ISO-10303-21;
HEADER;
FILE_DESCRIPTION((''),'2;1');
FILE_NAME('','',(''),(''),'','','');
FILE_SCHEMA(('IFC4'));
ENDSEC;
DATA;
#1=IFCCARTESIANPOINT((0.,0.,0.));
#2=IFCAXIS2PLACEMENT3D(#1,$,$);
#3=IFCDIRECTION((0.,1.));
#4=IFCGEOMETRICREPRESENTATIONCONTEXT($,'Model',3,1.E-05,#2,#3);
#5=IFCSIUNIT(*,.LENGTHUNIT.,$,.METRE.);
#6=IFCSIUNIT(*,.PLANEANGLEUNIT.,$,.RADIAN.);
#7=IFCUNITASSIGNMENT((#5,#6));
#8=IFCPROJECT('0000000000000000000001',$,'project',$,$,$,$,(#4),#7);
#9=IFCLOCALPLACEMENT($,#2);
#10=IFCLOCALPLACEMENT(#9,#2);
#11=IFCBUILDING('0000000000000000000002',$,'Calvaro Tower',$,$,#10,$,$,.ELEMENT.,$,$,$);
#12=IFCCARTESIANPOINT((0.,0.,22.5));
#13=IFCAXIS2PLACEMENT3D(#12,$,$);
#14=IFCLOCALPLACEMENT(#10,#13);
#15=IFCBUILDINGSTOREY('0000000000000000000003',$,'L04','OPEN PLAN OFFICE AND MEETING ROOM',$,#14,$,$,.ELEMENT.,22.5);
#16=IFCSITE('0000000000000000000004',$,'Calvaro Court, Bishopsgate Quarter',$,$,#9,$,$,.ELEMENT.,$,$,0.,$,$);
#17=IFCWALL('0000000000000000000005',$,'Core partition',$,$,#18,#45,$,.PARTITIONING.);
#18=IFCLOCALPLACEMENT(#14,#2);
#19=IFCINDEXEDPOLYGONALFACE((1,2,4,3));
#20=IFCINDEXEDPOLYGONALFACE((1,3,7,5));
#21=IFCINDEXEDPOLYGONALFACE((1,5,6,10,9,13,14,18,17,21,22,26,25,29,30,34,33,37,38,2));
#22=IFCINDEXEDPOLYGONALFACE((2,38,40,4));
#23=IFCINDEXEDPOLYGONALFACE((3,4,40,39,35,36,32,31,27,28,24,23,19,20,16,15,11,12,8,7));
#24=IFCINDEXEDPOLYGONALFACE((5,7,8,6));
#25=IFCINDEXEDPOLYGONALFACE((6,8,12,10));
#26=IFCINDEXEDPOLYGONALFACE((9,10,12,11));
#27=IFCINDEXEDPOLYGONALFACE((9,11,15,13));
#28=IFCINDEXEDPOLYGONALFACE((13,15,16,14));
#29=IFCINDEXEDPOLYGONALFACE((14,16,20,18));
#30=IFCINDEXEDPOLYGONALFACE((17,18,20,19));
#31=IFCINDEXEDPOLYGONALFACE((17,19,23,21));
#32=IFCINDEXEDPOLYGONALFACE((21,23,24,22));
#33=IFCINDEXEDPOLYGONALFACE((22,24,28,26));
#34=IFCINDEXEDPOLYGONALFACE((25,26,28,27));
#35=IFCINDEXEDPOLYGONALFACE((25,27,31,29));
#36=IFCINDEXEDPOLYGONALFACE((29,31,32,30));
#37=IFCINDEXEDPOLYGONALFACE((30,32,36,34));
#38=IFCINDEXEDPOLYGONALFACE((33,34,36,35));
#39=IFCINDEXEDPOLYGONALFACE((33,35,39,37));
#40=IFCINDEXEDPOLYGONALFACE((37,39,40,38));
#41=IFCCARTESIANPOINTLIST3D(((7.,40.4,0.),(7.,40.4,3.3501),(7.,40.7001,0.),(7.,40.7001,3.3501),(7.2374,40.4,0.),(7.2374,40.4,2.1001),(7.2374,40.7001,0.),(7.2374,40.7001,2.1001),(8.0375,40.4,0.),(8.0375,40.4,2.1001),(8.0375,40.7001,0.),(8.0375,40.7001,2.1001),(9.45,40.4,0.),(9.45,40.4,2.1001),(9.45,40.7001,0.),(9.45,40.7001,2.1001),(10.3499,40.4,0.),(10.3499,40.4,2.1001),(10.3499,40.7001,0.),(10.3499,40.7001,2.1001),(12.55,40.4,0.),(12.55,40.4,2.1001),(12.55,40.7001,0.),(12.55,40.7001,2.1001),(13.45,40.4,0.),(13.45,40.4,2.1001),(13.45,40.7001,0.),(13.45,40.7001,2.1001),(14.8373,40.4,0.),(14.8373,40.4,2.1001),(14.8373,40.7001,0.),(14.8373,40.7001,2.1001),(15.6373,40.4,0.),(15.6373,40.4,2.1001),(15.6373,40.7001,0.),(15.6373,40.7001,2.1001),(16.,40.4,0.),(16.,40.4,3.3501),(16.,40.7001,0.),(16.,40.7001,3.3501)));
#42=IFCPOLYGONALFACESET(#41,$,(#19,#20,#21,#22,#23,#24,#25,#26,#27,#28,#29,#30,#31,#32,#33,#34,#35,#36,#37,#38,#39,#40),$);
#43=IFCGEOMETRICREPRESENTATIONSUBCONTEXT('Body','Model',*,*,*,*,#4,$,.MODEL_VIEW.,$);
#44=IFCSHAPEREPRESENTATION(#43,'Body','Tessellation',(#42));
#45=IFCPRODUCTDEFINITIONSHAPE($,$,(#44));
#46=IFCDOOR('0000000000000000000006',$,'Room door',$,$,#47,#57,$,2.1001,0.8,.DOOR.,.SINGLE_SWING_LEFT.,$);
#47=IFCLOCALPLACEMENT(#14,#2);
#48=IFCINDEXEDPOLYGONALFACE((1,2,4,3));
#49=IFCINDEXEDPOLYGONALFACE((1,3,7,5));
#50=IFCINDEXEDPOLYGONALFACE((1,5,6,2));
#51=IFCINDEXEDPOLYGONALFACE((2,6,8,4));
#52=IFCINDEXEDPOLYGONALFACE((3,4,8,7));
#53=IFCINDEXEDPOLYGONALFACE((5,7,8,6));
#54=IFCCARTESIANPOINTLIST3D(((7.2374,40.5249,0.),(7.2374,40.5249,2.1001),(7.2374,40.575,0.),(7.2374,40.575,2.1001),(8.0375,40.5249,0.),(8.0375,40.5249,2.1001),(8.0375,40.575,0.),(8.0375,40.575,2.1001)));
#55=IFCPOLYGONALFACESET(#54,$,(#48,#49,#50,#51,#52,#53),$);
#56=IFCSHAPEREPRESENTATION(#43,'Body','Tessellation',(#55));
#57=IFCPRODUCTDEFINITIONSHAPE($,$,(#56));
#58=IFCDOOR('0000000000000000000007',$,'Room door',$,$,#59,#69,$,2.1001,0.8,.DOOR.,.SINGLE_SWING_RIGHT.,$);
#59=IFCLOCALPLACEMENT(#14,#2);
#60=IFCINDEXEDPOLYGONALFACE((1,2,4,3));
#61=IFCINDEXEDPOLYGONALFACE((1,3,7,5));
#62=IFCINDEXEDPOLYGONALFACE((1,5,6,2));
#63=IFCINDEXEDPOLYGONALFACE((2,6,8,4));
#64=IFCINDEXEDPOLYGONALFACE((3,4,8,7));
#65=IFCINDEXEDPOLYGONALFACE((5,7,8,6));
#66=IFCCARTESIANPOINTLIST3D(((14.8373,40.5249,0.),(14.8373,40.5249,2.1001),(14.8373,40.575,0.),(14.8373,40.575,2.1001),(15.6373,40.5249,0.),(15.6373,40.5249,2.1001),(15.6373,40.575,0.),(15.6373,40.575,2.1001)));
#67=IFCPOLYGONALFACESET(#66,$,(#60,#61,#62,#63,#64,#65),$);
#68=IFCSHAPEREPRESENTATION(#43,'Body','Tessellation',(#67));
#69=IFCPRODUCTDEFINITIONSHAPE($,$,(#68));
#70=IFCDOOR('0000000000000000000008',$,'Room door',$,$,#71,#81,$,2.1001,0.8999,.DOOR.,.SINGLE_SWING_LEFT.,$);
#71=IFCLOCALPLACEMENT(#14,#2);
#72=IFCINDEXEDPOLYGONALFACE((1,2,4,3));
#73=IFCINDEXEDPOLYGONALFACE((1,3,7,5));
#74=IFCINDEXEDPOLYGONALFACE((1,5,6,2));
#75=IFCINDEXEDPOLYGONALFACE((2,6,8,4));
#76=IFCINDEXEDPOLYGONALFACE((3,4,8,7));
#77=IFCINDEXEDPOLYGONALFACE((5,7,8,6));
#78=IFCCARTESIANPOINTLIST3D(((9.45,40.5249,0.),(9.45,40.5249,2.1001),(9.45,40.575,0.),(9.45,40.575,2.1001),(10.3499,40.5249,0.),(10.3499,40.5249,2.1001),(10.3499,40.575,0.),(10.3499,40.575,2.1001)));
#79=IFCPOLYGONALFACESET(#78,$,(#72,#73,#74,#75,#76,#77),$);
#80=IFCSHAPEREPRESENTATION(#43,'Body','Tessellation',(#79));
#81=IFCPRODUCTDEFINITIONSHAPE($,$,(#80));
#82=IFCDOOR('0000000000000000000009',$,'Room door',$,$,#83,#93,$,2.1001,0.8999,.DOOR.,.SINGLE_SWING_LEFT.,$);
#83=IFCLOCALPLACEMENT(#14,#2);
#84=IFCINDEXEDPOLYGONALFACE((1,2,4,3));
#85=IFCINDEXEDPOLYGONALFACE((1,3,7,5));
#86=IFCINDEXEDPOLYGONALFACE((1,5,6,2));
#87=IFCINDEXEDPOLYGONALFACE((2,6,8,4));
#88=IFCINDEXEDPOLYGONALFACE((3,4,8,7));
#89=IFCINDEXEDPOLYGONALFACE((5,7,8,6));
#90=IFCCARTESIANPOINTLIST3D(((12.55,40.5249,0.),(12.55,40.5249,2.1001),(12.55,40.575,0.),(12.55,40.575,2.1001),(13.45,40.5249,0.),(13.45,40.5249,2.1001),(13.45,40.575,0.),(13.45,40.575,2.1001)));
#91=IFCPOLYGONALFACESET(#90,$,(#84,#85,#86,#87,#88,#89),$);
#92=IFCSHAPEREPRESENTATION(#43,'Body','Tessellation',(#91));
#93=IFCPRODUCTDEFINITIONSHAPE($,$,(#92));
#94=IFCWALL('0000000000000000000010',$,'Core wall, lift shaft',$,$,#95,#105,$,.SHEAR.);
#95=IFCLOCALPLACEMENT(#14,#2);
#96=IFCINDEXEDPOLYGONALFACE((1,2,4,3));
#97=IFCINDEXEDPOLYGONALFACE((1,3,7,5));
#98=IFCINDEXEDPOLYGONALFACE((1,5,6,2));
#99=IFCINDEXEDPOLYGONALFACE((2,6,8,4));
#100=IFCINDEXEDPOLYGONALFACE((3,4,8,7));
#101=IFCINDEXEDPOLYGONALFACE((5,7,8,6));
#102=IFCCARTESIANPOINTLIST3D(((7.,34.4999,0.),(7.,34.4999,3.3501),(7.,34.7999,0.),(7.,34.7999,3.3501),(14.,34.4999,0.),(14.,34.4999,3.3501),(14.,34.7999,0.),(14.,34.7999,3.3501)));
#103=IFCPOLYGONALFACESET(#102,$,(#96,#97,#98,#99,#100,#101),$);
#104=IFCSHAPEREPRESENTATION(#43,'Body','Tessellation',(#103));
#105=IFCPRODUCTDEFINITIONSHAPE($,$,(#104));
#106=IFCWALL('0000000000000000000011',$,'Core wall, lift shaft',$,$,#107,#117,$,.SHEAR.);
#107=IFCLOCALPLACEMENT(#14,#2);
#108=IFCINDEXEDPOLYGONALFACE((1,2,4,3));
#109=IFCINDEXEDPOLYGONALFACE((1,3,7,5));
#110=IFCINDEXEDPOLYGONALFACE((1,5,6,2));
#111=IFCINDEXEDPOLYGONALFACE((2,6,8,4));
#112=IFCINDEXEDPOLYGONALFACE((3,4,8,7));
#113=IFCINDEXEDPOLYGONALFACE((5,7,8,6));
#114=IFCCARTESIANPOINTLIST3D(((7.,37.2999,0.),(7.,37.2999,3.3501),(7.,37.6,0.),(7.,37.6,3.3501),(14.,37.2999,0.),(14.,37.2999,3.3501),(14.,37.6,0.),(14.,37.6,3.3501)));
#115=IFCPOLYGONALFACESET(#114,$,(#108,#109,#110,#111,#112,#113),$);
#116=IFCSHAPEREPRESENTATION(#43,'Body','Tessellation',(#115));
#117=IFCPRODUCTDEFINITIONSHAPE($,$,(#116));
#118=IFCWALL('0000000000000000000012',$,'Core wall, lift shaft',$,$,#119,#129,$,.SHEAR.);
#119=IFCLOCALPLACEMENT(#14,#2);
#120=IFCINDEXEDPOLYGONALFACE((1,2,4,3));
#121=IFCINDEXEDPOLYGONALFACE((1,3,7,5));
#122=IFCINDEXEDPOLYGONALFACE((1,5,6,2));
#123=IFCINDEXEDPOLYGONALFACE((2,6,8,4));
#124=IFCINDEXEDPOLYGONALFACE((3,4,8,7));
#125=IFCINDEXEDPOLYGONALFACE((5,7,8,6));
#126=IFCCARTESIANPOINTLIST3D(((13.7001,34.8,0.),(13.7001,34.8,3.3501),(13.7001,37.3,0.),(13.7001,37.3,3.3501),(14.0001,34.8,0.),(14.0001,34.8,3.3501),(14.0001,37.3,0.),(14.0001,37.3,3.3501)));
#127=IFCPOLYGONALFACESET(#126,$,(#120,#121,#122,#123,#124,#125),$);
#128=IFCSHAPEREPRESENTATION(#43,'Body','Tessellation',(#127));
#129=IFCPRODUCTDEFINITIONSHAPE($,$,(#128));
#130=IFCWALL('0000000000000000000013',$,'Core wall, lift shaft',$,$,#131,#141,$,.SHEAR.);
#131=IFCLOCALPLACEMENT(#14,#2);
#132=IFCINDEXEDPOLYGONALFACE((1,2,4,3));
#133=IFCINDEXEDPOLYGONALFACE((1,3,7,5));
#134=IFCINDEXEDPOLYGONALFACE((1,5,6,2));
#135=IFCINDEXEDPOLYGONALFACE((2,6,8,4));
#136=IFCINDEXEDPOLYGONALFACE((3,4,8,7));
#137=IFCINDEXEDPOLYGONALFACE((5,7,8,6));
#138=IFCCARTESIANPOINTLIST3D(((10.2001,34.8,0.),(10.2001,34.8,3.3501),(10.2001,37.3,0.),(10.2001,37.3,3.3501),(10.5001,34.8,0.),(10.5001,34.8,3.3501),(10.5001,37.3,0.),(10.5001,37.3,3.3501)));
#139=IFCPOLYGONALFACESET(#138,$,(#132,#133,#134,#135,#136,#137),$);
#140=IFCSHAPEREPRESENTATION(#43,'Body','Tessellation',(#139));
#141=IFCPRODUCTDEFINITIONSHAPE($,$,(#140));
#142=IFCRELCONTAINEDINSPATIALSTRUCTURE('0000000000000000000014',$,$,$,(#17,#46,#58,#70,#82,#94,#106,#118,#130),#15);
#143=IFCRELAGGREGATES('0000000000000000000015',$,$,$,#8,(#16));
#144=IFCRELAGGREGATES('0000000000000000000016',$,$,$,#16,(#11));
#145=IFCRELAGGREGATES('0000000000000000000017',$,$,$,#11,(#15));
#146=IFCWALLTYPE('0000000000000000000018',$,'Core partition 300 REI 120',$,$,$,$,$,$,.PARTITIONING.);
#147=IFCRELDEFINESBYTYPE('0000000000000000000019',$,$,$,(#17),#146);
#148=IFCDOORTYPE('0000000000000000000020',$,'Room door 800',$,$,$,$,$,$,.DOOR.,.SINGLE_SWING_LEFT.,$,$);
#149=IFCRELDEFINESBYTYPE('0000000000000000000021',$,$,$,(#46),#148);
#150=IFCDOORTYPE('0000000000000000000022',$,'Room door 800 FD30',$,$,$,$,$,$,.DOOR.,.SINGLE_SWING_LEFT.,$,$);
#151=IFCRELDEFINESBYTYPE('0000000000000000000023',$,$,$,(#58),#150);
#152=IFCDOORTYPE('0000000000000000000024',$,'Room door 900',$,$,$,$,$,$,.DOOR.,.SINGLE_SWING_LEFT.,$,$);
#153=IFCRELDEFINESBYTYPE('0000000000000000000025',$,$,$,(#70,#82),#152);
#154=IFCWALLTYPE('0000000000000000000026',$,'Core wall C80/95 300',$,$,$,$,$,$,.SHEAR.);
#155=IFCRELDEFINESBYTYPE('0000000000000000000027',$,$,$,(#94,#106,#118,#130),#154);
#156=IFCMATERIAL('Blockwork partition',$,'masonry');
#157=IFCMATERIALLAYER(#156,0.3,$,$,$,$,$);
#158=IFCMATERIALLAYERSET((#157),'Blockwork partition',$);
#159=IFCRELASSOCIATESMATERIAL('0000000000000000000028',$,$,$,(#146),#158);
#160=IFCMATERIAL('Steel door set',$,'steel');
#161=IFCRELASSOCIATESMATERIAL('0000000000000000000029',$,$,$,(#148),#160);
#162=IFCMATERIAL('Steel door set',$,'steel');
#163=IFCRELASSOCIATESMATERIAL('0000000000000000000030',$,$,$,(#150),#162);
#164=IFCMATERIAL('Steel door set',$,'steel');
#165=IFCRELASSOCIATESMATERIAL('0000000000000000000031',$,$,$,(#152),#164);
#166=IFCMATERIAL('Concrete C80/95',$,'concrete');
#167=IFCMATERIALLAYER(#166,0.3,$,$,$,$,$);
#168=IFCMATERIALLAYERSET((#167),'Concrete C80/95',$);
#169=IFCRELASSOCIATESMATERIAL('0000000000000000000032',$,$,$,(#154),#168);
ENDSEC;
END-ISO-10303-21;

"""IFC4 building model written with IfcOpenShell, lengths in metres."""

from ifc_helpers import new_model, si_unit, direction, frame, frame_2d, origin, place, context, subcontext, project, spatial, rectangle, extrude, material, layer, layer_set, type_object, element, fill, save


model = new_model("IFC4")

# Units and contexts
model_context = context("Model", 3, precision=1e-05, world=origin(), true_north=direction((0.0, 1.0)))
body_context = subcontext(model_context, "Body", "Model", "MODEL_VIEW")
ifc_project = project(units=[si_unit("LENGTHUNIT", "METRE"), si_unit("PLANEANGLEUNIT", "RADIAN")], contexts=[model_context])

# Site, building, storey
site_placement = place(None, origin())
site = spatial("IfcSite", under=ifc_project, at=site_placement, Name="Calvaro Court, Bishopsgate Quarter", CompositionType="ELEMENT", RefElevation=0.0)
building_placement = place(site_placement, origin())
building = spatial("IfcBuilding", under=site, at=building_placement, Name="Calvaro Tower", CompositionType="ELEMENT")
storey_placement = place(building_placement, frame((0.0, 0.0, 22.5)))
storey = spatial("IfcBuildingStorey", under=building, at=storey_placement, Name="L04", Description="OPEN PLAN OFFICE AND MEETING ROOM", CompositionType="ELEMENT", Elevation=22.5)

# Wall, openings, doors
ifc_material_1 = material(Name="Blockwork partition", Category="masonry")
ifc_layer_1 = layer(ifc_material_1, 0.3)
ifc_layer_set_1 = layer_set([ifc_layer_1], Name="Blockwork partition")
wall_type_1 = type_object("IfcWallType", Name="Core partition 300 REI 120", PredefinedType="PARTITIONING", material=ifc_layer_set_1)
wall_1_placement = place(storey_placement, frame((7.0, 40.55, 0.0), z_axis=(0.0, 0.0, 1.0), x_axis=(1.0, 0.0, 0.0)))
wall_1 = element("IfcWall", 1, at=wall_1_placement, inside=storey, type_object=wall_type_1, Name="Core partition", PredefinedType="PARTITIONING", context=body_context, shape_type="SweptSolid", body=[
    extrude(rectangle(XDim=9.0, YDim=0.3, at=frame_2d((4.5, 0.0))), origin(), (0.0, 0.0, 1.0), 3.3501),
])
opening_1_placement = place(wall_1_placement, frame((0.2375, 0.0, 0.0)))
opening_1 = element("IfcOpeningElement", 2, at=opening_1_placement, cuts=wall_1, PredefinedType="OPENING", context=body_context, shape_type="SweptSolid", body=[
    extrude(rectangle(XDim=0.8, YDim=2.1001, at=frame_2d((0.3999, 1.05))), frame((0.0, 0.1599, 0.0), z_axis=(0.0, -1.0, 0.0), x_axis=(1.0, 0.0, 0.0)), (0.0, 0.0, 1.0), 0.3201),
])
opening_2_placement = place(wall_1_placement, frame((2.45, 0.0, 0.0)))
opening_2 = element("IfcOpeningElement", 3, at=opening_2_placement, cuts=wall_1, PredefinedType="OPENING", context=body_context, shape_type="SweptSolid", body=[
    extrude(rectangle(XDim=0.8999, YDim=2.1001, at=frame_2d((0.45, 1.05))), frame((0.0, 0.1599, 0.0), z_axis=(0.0, -1.0, 0.0), x_axis=(1.0, 0.0, 0.0)), (0.0, 0.0, 1.0), 0.3201),
])
opening_3_placement = place(wall_1_placement, frame((5.55, 0.0, 0.0)))
opening_3 = element("IfcOpeningElement", 4, at=opening_3_placement, cuts=wall_1, PredefinedType="OPENING", context=body_context, shape_type="SweptSolid", body=[
    extrude(rectangle(XDim=0.8999, YDim=2.1001, at=frame_2d((0.45, 1.05))), frame((0.0, 0.1599, 0.0), z_axis=(0.0, -1.0, 0.0), x_axis=(1.0, 0.0, 0.0)), (0.0, 0.0, 1.0), 0.3201),
])
opening_4_placement = place(wall_1_placement, frame((7.8374, 0.0, 0.0)))
opening_4 = element("IfcOpeningElement", 5, at=opening_4_placement, cuts=wall_1, PredefinedType="OPENING", context=body_context, shape_type="SweptSolid", body=[
    extrude(rectangle(XDim=0.8, YDim=2.1001, at=frame_2d((0.3999, 1.05))), frame((0.0, 0.1599, 0.0), z_axis=(0.0, -1.0, 0.0), x_axis=(1.0, 0.0, 0.0)), (0.0, 0.0, 1.0), 0.3201),
])
ifc_material_2 = material(Name="Steel door set", Category="steel")
door_type_1 = type_object("IfcDoorType", Name="Room door 800", OperationType="SINGLE_SWING_LEFT", PredefinedType="DOOR", material=ifc_material_2)
door_1_placement = place(opening_1_placement, origin())
door_1 = element("IfcDoor", 6, at=door_1_placement, inside=storey, type_object=door_type_1, Name="Room door", OperationType="SINGLE_SWING_LEFT", OverallHeight=2.1001, OverallWidth=0.8, PredefinedType="DOOR", context=body_context, shape_type="SweptSolid", body=[
    extrude(rectangle(XDim=0.8, YDim=2.1001, at=frame_2d((0.3999, 1.05))), frame((0.0, 0.0249, 0.0), z_axis=(0.0, -1.0, 0.0), x_axis=(1.0, 0.0, 0.0)), (0.0, 0.0, 1.0), 0.05),
])
fill(opening_1, door_1)
ifc_material_3 = material(Name="Steel door set", Category="steel")
door_type_2 = type_object("IfcDoorType", Name="Room door 800 FD30", OperationType="SINGLE_SWING_LEFT", PredefinedType="DOOR", material=ifc_material_3)
door_2_placement = place(opening_4_placement, origin())
door_2 = element("IfcDoor", 7, at=door_2_placement, inside=storey, type_object=door_type_2, Name="Room door", OperationType="SINGLE_SWING_RIGHT", OverallHeight=2.1001, OverallWidth=0.8, PredefinedType="DOOR", context=body_context, shape_type="SweptSolid", body=[
    extrude(rectangle(XDim=0.8, YDim=2.1001, at=frame_2d((0.3999, 1.05))), frame((0.0, 0.0249, 0.0), z_axis=(0.0, -1.0, 0.0), x_axis=(1.0, 0.0, 0.0)), (0.0, 0.0, 1.0), 0.05),
])
fill(opening_4, door_2)
ifc_material_4 = material(Name="Steel door set", Category="steel")
door_type_3 = type_object("IfcDoorType", Name="Room door 900", OperationType="SINGLE_SWING_LEFT", PredefinedType="DOOR", material=ifc_material_4)
door_3_placement = place(opening_2_placement, origin())
door_3 = element("IfcDoor", 8, at=door_3_placement, inside=storey, type_object=door_type_3, Name="Room door", OperationType="SINGLE_SWING_LEFT", OverallHeight=2.1001, OverallWidth=0.8999, PredefinedType="DOOR", context=body_context, shape_type="SweptSolid", body=[
    extrude(rectangle(XDim=0.8999, YDim=2.1001, at=frame_2d((0.45, 1.05))), frame((0.0, 0.0249, 0.0), z_axis=(0.0, -1.0, 0.0), x_axis=(1.0, 0.0, 0.0)), (0.0, 0.0, 1.0), 0.05),
])
fill(opening_2, door_3)
door_4_placement = place(opening_3_placement, origin())
door_4 = element("IfcDoor", 9, at=door_4_placement, inside=storey, type_object=door_type_3, Name="Room door", OperationType="SINGLE_SWING_LEFT", OverallHeight=2.1001, OverallWidth=0.8999, PredefinedType="DOOR", context=body_context, shape_type="SweptSolid", body=[
    extrude(rectangle(XDim=0.8999, YDim=2.1001, at=frame_2d((0.45, 1.05))), frame((0.0, 0.0249, 0.0), z_axis=(0.0, -1.0, 0.0), x_axis=(1.0, 0.0, 0.0)), (0.0, 0.0, 1.0), 0.05),
])
fill(opening_3, door_4)

# Walls
ifc_material_5 = material(Name="Concrete C80/95", Category="concrete")
ifc_layer_2 = layer(ifc_material_5, 0.3)
ifc_layer_set_2 = layer_set([ifc_layer_2], Name="Concrete C80/95")
wall_type_2 = type_object("IfcWallType", Name="Core wall C80/95 300", PredefinedType="SHEAR", material=ifc_layer_set_2)
for number, where, z_axis, x_axis, name in (
    (10, (7.0, 34.6499, 0.0), (0.0, 0.0, 1.0), (1.0, 0.0, 0.0), "Core wall, lift shaft"),
    (11, (7.0, 37.45, 0.0), (0.0, 0.0, 1.0), (1.0, 0.0, 0.0), "Core wall, lift shaft"),
):
    element("IfcWall", number, at=place(storey_placement, frame(where, z_axis=z_axis, x_axis=x_axis)), inside=storey, type_object=wall_type_2, Name=name, PredefinedType="SHEAR", context=body_context, shape_type="SweptSolid", body=[
        extrude(rectangle(XDim=7.0, YDim=0.3, at=frame_2d((3.5, 0.0))), origin(), (0.0, 0.0, 1.0), 3.3501),
    ])
for number, where, z_axis, x_axis, name in (
    (12, (13.8501, 34.8, 0.0), (0.0, 0.0, 1.0), (0.0, 1.0, 0.0), "Core wall, lift shaft"),
    (13, (10.3501, 34.8, 0.0), (0.0, 0.0, 1.0), (0.0, 1.0, 0.0), "Core wall, lift shaft"),
):
    element("IfcWall", number, at=place(storey_placement, frame(where, z_axis=z_axis, x_axis=x_axis)), inside=storey, type_object=wall_type_2, Name=name, PredefinedType="SHEAR", context=body_context, shape_type="SweptSolid", body=[
        extrude(rectangle(XDim=2.5, YDim=0.3, at=frame_2d((1.25, 0.0))), origin(), (0.0, 0.0, 1.0), 3.3501),
    ])

save(model, "model.ifc")
